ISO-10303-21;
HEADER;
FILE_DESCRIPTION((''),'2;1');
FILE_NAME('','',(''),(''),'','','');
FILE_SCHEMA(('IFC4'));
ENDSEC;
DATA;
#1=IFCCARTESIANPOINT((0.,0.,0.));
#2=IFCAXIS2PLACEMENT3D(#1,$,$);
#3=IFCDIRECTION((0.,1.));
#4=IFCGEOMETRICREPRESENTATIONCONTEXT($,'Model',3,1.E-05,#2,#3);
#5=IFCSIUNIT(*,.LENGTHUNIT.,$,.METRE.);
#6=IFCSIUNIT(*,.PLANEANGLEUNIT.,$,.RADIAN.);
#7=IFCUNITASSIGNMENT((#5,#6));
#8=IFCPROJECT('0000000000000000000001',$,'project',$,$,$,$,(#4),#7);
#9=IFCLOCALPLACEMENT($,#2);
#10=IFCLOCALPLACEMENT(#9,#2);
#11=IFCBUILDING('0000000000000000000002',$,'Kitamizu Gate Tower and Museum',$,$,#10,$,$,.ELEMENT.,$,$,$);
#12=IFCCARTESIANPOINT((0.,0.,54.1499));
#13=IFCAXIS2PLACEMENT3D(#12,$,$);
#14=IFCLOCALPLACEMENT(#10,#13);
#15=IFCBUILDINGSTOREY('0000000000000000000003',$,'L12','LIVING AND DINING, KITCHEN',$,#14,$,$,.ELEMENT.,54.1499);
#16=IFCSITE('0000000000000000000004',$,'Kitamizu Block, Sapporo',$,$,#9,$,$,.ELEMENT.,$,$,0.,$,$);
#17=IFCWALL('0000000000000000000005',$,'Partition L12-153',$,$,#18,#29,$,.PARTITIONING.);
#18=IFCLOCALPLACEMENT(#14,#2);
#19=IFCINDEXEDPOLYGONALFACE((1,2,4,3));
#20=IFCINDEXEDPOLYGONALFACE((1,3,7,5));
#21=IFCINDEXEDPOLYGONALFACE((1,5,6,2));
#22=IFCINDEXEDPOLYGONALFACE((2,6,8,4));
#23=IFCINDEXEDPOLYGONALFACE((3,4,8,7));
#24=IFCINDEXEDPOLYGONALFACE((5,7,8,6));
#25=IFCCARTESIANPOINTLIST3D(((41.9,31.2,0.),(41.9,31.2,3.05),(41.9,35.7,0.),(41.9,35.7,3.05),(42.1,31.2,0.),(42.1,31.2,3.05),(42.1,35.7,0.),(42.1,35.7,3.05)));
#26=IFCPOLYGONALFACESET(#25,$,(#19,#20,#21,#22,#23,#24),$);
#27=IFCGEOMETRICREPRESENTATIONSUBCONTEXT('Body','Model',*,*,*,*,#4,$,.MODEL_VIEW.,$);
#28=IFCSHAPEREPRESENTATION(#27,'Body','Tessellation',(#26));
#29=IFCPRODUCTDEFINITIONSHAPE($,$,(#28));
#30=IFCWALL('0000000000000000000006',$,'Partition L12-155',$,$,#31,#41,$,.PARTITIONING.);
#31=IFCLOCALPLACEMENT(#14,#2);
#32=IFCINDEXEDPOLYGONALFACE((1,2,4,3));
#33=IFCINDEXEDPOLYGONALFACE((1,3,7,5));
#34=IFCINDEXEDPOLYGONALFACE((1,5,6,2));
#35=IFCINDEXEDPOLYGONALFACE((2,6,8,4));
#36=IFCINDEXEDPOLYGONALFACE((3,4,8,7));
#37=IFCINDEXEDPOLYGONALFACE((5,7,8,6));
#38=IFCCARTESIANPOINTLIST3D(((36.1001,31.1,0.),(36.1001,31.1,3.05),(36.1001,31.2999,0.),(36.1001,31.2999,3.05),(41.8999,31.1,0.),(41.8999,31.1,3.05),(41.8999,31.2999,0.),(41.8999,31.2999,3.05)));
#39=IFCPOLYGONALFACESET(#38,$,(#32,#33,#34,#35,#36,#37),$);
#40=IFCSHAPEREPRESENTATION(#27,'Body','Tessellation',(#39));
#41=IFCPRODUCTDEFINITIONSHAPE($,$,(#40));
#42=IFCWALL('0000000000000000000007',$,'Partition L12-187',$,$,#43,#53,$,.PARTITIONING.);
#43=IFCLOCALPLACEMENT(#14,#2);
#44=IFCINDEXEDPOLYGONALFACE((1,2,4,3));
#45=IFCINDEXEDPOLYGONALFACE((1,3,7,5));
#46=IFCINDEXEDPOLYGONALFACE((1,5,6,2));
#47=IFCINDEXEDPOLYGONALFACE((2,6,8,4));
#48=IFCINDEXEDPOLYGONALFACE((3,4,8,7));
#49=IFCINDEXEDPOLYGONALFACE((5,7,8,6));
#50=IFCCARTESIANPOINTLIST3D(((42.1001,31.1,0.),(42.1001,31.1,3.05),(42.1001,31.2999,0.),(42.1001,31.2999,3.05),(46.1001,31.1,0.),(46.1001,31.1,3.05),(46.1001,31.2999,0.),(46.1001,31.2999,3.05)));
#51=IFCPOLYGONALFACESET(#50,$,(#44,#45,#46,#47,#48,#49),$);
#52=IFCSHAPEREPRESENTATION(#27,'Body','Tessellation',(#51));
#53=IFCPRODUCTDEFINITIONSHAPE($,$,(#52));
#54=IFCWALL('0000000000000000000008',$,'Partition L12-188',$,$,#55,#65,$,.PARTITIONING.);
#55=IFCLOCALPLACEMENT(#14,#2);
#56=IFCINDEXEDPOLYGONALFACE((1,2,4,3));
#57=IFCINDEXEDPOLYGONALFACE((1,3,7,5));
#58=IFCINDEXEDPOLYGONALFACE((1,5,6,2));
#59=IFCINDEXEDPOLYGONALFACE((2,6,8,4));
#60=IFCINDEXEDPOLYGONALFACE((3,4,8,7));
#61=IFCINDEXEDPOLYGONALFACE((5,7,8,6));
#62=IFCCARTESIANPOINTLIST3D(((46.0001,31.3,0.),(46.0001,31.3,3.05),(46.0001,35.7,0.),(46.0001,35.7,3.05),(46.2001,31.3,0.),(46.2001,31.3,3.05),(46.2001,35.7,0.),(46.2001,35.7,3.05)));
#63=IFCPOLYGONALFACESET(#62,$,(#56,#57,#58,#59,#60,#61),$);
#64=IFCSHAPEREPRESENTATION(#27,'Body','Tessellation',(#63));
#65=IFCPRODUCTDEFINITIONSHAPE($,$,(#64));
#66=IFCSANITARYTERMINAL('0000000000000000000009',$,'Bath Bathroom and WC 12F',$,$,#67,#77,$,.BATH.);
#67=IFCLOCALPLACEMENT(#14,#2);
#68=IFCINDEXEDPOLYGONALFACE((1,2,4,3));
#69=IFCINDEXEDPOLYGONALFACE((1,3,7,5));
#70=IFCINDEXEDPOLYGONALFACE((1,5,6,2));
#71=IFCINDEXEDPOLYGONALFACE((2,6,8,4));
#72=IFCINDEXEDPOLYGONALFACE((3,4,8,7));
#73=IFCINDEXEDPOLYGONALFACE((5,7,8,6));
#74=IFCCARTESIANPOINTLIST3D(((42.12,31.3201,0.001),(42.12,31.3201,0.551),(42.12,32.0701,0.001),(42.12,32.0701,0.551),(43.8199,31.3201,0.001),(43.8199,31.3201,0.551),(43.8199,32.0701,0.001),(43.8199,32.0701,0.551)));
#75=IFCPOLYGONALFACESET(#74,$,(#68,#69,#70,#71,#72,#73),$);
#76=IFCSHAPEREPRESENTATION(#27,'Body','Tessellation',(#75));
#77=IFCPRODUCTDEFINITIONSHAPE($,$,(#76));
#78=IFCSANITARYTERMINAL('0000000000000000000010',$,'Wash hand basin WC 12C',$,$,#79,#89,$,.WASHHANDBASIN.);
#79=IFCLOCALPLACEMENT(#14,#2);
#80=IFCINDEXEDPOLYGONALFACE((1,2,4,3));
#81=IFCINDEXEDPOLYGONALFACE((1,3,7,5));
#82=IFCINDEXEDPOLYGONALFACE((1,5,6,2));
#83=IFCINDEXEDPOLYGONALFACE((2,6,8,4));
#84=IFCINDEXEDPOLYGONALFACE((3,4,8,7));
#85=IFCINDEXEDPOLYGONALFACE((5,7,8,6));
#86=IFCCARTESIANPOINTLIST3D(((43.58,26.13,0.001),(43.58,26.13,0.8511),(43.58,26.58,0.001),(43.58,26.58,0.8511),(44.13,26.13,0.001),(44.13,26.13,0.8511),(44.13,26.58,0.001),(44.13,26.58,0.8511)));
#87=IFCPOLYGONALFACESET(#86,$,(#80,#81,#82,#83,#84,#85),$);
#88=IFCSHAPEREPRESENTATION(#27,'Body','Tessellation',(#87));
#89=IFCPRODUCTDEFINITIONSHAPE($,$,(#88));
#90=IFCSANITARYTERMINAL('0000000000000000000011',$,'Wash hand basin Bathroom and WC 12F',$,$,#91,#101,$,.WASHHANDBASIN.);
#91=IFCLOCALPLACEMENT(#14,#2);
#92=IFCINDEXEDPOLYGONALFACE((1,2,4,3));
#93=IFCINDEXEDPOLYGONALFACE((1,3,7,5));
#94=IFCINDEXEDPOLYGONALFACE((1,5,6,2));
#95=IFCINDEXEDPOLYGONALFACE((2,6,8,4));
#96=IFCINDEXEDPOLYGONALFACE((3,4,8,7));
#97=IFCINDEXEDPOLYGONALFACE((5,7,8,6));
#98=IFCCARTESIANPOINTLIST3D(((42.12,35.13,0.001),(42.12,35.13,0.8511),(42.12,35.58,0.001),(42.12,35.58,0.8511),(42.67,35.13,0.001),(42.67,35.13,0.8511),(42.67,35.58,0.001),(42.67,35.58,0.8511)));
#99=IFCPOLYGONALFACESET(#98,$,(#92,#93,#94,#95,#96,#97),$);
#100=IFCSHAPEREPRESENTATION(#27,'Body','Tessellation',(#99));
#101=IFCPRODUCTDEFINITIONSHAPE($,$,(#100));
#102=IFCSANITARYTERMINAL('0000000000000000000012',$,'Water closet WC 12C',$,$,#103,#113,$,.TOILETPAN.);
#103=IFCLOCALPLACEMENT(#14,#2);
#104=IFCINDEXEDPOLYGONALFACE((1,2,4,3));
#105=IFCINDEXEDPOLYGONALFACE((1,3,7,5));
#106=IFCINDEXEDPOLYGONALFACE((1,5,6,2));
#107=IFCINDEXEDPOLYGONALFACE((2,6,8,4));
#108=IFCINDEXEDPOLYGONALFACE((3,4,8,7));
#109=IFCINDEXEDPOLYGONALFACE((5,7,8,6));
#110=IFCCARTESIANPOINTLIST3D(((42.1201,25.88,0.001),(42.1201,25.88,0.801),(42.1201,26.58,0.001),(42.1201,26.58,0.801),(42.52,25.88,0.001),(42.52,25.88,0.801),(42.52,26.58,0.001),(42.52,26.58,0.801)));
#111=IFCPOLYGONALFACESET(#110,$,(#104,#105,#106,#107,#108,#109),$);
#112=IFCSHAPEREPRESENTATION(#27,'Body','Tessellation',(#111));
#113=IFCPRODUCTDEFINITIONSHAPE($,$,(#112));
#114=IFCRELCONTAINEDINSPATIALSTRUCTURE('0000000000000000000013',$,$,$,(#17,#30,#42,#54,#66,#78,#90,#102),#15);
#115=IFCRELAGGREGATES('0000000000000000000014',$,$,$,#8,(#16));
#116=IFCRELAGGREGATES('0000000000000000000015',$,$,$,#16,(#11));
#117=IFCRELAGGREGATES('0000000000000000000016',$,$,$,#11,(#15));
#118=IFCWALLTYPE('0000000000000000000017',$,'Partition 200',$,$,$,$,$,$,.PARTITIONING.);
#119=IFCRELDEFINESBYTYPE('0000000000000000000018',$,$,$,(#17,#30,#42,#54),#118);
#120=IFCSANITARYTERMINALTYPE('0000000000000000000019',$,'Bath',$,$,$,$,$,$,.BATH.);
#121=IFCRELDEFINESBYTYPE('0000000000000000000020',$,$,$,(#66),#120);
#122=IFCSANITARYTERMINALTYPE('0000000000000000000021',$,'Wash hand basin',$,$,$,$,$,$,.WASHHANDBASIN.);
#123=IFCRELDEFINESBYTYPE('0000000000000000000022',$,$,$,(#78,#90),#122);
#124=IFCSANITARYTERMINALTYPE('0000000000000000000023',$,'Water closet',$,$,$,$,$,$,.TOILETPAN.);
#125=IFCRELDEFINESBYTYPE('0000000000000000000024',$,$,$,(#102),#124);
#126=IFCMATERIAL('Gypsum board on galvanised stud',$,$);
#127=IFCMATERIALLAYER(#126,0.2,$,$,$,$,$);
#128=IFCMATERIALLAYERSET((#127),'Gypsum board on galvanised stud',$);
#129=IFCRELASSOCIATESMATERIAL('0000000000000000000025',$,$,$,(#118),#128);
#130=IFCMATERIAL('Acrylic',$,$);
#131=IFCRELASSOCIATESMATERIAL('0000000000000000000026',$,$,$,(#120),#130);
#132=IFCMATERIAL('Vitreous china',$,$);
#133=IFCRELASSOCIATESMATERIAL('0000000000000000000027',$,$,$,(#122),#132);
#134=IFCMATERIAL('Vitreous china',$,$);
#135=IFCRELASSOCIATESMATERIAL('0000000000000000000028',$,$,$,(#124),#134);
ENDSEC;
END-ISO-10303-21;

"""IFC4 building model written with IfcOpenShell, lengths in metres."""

from ifc_helpers import new_model, si_unit, direction, frame, frame_2d, origin, origin_2d, place, context, subcontext, project, spatial, rectangle, extrude, material, layer, layer_set, type_object, element, save


model = new_model("IFC4")

# Units and contexts
model_context = context("Model", 3, precision=1e-05, world=origin(), true_north=direction((0.0, 1.0)))
body_context = subcontext(model_context, "Body", "Model", "MODEL_VIEW")
ifc_project = project(units=[si_unit("LENGTHUNIT", "METRE"), si_unit("PLANEANGLEUNIT", "RADIAN")], contexts=[model_context])

# Site, building, storey
site_placement = place(None, origin())
site = spatial("IfcSite", under=ifc_project, at=site_placement, Name="Kitamizu Block, Sapporo", CompositionType="ELEMENT", RefElevation=0.0)
building_placement = place(site_placement, origin())
building = spatial("IfcBuilding", under=site, at=building_placement, Name="Kitamizu Gate Tower and Museum", CompositionType="ELEMENT")
storey_placement = place(building_placement, frame((0.0, 0.0, 54.1499)))
storey = spatial("IfcBuildingStorey", under=building, at=storey_placement, Name="L12", Description="LIVING AND DINING, KITCHEN", CompositionType="ELEMENT", Elevation=54.1499)

# Shared definitions
ifc_material_1 = material(Name="Gypsum board on galvanised stud")
ifc_layer_1 = layer(ifc_material_1, 0.2)
ifc_layer_set_1 = layer_set([ifc_layer_1], Name="Gypsum board on galvanised stud")
wall_type_1 = type_object("IfcWallType", Name="Partition 200", PredefinedType="PARTITIONING", material=ifc_layer_set_1)

# Walls
wall_1_placement = place(storey_placement, frame((42.0, 31.2, 0.0), z_axis=(0.0, 0.0, 1.0), x_axis=(0.0, 1.0, 0.0)))
element("IfcWall", 1, at=wall_1_placement, inside=storey, type_object=wall_type_1, Name="Partition L12-153", PredefinedType="PARTITIONING", context=body_context, shape_type="SweptSolid", body=[
    extrude(rectangle(XDim=4.5, YDim=0.2, at=frame_2d((2.25, 0.0))), origin(), (0.0, 0.0, 1.0), 3.05),
])
wall_2_placement = place(storey_placement, frame((36.1001, 31.2, 0.0), z_axis=(0.0, 0.0, 1.0), x_axis=(1.0, 0.0, 0.0)))
element("IfcWall", 2, at=wall_2_placement, inside=storey, type_object=wall_type_1, Name="Partition L12-155", PredefinedType="PARTITIONING", context=body_context, shape_type="SweptSolid", body=[
    extrude(rectangle(XDim=5.7998, YDim=0.2, at=frame_2d((2.8999, 0.0))), origin(), (0.0, 0.0, 1.0), 3.05),
])
wall_3_placement = place(storey_placement, frame((42.1001, 31.2, 0.0), z_axis=(0.0, 0.0, 1.0), x_axis=(1.0, 0.0, 0.0)))
element("IfcWall", 3, at=wall_3_placement, inside=storey, type_object=wall_type_1, Name="Partition L12-187", PredefinedType="PARTITIONING", context=body_context, shape_type="SweptSolid", body=[
    extrude(rectangle(XDim=4.0, YDim=0.2, at=frame_2d((2.0, 0.0))), origin(), (0.0, 0.0, 1.0), 3.05),
])
wall_4_placement = place(storey_placement, frame((46.1001, 31.3, 0.0), z_axis=(0.0, 0.0, 1.0), x_axis=(0.0, 1.0, 0.0)))
element("IfcWall", 4, at=wall_4_placement, inside=storey, type_object=wall_type_1, Name="Partition L12-188", PredefinedType="PARTITIONING", context=body_context, shape_type="SweptSolid", body=[
    extrude(rectangle(XDim=4.3999, YDim=0.2, at=frame_2d((2.2, 0.0))), origin(), (0.0, 0.0, 1.0), 3.05),
])

# Sanitary terminals
ifc_material_2 = material(Name="Acrylic")
sanitary_terminal_type_1 = type_object("IfcSanitaryTerminalType", Name="Bath", PredefinedType="BATH", material=ifc_material_2)
sanitary_terminal_1_placement = place(storey_placement, frame((42.97, 31.6951, 0.001), z_axis=(0.0, 0.0, 1.0), x_axis=(1.0, 0.0, 0.0)))
element("IfcSanitaryTerminal", 5, at=sanitary_terminal_1_placement, inside=storey, type_object=sanitary_terminal_type_1, Name="Bath Bathroom and WC 12F", PredefinedType="BATH", context=body_context, shape_type="SweptSolid", body=[
    extrude(rectangle(XDim=1.7, YDim=0.75, at=origin_2d()), origin(), (0.0, 0.0, 1.0), 0.55),
])
ifc_material_3 = material(Name="Vitreous china")
sanitary_terminal_type_2 = type_object("IfcSanitaryTerminalType", Name="Wash hand basin", PredefinedType="WASHHANDBASIN", material=ifc_material_3)
for number, where, z_axis, x_axis, name in (
    (6, (43.855, 26.355, 0.001), (0.0, 0.0, 1.0), (1.0, 0.0, 0.0), "Wash hand basin WC 12C"),
    (7, (42.395, 35.355, 0.001), (0.0, 0.0, 1.0), (1.0, 0.0, 0.0), "Wash hand basin Bathroom and WC 12F"),
):
    element("IfcSanitaryTerminal", number, at=place(storey_placement, frame(where, z_axis=z_axis, x_axis=x_axis)), inside=storey, type_object=sanitary_terminal_type_2, Name=name, PredefinedType="WASHHANDBASIN", context=body_context, shape_type="SweptSolid", body=[
        extrude(rectangle(XDim=0.55, YDim=0.45, at=origin_2d()), origin(), (0.0, 0.0, 1.0), 0.8501),
    ])
ifc_material_4 = material(Name="Vitreous china")
sanitary_terminal_type_3 = type_object("IfcSanitaryTerminalType", Name="Water closet", PredefinedType="TOILETPAN", material=ifc_material_4)
sanitary_terminal_2_placement = place(storey_placement, frame((42.3201, 26.23, 0.001), z_axis=(0.0, 0.0, 1.0), x_axis=(1.0, 0.0, 0.0)))
element("IfcSanitaryTerminal", 8, at=sanitary_terminal_2_placement, inside=storey, type_object=sanitary_terminal_type_3, Name="Water closet WC 12C", PredefinedType="TOILETPAN", context=body_context, shape_type="SweptSolid", body=[
    extrude(rectangle(XDim=0.3999, YDim=0.7, at=origin_2d()), origin(), (0.0, 0.0, 1.0), 0.8),
])

save(model, "model.ifc")
